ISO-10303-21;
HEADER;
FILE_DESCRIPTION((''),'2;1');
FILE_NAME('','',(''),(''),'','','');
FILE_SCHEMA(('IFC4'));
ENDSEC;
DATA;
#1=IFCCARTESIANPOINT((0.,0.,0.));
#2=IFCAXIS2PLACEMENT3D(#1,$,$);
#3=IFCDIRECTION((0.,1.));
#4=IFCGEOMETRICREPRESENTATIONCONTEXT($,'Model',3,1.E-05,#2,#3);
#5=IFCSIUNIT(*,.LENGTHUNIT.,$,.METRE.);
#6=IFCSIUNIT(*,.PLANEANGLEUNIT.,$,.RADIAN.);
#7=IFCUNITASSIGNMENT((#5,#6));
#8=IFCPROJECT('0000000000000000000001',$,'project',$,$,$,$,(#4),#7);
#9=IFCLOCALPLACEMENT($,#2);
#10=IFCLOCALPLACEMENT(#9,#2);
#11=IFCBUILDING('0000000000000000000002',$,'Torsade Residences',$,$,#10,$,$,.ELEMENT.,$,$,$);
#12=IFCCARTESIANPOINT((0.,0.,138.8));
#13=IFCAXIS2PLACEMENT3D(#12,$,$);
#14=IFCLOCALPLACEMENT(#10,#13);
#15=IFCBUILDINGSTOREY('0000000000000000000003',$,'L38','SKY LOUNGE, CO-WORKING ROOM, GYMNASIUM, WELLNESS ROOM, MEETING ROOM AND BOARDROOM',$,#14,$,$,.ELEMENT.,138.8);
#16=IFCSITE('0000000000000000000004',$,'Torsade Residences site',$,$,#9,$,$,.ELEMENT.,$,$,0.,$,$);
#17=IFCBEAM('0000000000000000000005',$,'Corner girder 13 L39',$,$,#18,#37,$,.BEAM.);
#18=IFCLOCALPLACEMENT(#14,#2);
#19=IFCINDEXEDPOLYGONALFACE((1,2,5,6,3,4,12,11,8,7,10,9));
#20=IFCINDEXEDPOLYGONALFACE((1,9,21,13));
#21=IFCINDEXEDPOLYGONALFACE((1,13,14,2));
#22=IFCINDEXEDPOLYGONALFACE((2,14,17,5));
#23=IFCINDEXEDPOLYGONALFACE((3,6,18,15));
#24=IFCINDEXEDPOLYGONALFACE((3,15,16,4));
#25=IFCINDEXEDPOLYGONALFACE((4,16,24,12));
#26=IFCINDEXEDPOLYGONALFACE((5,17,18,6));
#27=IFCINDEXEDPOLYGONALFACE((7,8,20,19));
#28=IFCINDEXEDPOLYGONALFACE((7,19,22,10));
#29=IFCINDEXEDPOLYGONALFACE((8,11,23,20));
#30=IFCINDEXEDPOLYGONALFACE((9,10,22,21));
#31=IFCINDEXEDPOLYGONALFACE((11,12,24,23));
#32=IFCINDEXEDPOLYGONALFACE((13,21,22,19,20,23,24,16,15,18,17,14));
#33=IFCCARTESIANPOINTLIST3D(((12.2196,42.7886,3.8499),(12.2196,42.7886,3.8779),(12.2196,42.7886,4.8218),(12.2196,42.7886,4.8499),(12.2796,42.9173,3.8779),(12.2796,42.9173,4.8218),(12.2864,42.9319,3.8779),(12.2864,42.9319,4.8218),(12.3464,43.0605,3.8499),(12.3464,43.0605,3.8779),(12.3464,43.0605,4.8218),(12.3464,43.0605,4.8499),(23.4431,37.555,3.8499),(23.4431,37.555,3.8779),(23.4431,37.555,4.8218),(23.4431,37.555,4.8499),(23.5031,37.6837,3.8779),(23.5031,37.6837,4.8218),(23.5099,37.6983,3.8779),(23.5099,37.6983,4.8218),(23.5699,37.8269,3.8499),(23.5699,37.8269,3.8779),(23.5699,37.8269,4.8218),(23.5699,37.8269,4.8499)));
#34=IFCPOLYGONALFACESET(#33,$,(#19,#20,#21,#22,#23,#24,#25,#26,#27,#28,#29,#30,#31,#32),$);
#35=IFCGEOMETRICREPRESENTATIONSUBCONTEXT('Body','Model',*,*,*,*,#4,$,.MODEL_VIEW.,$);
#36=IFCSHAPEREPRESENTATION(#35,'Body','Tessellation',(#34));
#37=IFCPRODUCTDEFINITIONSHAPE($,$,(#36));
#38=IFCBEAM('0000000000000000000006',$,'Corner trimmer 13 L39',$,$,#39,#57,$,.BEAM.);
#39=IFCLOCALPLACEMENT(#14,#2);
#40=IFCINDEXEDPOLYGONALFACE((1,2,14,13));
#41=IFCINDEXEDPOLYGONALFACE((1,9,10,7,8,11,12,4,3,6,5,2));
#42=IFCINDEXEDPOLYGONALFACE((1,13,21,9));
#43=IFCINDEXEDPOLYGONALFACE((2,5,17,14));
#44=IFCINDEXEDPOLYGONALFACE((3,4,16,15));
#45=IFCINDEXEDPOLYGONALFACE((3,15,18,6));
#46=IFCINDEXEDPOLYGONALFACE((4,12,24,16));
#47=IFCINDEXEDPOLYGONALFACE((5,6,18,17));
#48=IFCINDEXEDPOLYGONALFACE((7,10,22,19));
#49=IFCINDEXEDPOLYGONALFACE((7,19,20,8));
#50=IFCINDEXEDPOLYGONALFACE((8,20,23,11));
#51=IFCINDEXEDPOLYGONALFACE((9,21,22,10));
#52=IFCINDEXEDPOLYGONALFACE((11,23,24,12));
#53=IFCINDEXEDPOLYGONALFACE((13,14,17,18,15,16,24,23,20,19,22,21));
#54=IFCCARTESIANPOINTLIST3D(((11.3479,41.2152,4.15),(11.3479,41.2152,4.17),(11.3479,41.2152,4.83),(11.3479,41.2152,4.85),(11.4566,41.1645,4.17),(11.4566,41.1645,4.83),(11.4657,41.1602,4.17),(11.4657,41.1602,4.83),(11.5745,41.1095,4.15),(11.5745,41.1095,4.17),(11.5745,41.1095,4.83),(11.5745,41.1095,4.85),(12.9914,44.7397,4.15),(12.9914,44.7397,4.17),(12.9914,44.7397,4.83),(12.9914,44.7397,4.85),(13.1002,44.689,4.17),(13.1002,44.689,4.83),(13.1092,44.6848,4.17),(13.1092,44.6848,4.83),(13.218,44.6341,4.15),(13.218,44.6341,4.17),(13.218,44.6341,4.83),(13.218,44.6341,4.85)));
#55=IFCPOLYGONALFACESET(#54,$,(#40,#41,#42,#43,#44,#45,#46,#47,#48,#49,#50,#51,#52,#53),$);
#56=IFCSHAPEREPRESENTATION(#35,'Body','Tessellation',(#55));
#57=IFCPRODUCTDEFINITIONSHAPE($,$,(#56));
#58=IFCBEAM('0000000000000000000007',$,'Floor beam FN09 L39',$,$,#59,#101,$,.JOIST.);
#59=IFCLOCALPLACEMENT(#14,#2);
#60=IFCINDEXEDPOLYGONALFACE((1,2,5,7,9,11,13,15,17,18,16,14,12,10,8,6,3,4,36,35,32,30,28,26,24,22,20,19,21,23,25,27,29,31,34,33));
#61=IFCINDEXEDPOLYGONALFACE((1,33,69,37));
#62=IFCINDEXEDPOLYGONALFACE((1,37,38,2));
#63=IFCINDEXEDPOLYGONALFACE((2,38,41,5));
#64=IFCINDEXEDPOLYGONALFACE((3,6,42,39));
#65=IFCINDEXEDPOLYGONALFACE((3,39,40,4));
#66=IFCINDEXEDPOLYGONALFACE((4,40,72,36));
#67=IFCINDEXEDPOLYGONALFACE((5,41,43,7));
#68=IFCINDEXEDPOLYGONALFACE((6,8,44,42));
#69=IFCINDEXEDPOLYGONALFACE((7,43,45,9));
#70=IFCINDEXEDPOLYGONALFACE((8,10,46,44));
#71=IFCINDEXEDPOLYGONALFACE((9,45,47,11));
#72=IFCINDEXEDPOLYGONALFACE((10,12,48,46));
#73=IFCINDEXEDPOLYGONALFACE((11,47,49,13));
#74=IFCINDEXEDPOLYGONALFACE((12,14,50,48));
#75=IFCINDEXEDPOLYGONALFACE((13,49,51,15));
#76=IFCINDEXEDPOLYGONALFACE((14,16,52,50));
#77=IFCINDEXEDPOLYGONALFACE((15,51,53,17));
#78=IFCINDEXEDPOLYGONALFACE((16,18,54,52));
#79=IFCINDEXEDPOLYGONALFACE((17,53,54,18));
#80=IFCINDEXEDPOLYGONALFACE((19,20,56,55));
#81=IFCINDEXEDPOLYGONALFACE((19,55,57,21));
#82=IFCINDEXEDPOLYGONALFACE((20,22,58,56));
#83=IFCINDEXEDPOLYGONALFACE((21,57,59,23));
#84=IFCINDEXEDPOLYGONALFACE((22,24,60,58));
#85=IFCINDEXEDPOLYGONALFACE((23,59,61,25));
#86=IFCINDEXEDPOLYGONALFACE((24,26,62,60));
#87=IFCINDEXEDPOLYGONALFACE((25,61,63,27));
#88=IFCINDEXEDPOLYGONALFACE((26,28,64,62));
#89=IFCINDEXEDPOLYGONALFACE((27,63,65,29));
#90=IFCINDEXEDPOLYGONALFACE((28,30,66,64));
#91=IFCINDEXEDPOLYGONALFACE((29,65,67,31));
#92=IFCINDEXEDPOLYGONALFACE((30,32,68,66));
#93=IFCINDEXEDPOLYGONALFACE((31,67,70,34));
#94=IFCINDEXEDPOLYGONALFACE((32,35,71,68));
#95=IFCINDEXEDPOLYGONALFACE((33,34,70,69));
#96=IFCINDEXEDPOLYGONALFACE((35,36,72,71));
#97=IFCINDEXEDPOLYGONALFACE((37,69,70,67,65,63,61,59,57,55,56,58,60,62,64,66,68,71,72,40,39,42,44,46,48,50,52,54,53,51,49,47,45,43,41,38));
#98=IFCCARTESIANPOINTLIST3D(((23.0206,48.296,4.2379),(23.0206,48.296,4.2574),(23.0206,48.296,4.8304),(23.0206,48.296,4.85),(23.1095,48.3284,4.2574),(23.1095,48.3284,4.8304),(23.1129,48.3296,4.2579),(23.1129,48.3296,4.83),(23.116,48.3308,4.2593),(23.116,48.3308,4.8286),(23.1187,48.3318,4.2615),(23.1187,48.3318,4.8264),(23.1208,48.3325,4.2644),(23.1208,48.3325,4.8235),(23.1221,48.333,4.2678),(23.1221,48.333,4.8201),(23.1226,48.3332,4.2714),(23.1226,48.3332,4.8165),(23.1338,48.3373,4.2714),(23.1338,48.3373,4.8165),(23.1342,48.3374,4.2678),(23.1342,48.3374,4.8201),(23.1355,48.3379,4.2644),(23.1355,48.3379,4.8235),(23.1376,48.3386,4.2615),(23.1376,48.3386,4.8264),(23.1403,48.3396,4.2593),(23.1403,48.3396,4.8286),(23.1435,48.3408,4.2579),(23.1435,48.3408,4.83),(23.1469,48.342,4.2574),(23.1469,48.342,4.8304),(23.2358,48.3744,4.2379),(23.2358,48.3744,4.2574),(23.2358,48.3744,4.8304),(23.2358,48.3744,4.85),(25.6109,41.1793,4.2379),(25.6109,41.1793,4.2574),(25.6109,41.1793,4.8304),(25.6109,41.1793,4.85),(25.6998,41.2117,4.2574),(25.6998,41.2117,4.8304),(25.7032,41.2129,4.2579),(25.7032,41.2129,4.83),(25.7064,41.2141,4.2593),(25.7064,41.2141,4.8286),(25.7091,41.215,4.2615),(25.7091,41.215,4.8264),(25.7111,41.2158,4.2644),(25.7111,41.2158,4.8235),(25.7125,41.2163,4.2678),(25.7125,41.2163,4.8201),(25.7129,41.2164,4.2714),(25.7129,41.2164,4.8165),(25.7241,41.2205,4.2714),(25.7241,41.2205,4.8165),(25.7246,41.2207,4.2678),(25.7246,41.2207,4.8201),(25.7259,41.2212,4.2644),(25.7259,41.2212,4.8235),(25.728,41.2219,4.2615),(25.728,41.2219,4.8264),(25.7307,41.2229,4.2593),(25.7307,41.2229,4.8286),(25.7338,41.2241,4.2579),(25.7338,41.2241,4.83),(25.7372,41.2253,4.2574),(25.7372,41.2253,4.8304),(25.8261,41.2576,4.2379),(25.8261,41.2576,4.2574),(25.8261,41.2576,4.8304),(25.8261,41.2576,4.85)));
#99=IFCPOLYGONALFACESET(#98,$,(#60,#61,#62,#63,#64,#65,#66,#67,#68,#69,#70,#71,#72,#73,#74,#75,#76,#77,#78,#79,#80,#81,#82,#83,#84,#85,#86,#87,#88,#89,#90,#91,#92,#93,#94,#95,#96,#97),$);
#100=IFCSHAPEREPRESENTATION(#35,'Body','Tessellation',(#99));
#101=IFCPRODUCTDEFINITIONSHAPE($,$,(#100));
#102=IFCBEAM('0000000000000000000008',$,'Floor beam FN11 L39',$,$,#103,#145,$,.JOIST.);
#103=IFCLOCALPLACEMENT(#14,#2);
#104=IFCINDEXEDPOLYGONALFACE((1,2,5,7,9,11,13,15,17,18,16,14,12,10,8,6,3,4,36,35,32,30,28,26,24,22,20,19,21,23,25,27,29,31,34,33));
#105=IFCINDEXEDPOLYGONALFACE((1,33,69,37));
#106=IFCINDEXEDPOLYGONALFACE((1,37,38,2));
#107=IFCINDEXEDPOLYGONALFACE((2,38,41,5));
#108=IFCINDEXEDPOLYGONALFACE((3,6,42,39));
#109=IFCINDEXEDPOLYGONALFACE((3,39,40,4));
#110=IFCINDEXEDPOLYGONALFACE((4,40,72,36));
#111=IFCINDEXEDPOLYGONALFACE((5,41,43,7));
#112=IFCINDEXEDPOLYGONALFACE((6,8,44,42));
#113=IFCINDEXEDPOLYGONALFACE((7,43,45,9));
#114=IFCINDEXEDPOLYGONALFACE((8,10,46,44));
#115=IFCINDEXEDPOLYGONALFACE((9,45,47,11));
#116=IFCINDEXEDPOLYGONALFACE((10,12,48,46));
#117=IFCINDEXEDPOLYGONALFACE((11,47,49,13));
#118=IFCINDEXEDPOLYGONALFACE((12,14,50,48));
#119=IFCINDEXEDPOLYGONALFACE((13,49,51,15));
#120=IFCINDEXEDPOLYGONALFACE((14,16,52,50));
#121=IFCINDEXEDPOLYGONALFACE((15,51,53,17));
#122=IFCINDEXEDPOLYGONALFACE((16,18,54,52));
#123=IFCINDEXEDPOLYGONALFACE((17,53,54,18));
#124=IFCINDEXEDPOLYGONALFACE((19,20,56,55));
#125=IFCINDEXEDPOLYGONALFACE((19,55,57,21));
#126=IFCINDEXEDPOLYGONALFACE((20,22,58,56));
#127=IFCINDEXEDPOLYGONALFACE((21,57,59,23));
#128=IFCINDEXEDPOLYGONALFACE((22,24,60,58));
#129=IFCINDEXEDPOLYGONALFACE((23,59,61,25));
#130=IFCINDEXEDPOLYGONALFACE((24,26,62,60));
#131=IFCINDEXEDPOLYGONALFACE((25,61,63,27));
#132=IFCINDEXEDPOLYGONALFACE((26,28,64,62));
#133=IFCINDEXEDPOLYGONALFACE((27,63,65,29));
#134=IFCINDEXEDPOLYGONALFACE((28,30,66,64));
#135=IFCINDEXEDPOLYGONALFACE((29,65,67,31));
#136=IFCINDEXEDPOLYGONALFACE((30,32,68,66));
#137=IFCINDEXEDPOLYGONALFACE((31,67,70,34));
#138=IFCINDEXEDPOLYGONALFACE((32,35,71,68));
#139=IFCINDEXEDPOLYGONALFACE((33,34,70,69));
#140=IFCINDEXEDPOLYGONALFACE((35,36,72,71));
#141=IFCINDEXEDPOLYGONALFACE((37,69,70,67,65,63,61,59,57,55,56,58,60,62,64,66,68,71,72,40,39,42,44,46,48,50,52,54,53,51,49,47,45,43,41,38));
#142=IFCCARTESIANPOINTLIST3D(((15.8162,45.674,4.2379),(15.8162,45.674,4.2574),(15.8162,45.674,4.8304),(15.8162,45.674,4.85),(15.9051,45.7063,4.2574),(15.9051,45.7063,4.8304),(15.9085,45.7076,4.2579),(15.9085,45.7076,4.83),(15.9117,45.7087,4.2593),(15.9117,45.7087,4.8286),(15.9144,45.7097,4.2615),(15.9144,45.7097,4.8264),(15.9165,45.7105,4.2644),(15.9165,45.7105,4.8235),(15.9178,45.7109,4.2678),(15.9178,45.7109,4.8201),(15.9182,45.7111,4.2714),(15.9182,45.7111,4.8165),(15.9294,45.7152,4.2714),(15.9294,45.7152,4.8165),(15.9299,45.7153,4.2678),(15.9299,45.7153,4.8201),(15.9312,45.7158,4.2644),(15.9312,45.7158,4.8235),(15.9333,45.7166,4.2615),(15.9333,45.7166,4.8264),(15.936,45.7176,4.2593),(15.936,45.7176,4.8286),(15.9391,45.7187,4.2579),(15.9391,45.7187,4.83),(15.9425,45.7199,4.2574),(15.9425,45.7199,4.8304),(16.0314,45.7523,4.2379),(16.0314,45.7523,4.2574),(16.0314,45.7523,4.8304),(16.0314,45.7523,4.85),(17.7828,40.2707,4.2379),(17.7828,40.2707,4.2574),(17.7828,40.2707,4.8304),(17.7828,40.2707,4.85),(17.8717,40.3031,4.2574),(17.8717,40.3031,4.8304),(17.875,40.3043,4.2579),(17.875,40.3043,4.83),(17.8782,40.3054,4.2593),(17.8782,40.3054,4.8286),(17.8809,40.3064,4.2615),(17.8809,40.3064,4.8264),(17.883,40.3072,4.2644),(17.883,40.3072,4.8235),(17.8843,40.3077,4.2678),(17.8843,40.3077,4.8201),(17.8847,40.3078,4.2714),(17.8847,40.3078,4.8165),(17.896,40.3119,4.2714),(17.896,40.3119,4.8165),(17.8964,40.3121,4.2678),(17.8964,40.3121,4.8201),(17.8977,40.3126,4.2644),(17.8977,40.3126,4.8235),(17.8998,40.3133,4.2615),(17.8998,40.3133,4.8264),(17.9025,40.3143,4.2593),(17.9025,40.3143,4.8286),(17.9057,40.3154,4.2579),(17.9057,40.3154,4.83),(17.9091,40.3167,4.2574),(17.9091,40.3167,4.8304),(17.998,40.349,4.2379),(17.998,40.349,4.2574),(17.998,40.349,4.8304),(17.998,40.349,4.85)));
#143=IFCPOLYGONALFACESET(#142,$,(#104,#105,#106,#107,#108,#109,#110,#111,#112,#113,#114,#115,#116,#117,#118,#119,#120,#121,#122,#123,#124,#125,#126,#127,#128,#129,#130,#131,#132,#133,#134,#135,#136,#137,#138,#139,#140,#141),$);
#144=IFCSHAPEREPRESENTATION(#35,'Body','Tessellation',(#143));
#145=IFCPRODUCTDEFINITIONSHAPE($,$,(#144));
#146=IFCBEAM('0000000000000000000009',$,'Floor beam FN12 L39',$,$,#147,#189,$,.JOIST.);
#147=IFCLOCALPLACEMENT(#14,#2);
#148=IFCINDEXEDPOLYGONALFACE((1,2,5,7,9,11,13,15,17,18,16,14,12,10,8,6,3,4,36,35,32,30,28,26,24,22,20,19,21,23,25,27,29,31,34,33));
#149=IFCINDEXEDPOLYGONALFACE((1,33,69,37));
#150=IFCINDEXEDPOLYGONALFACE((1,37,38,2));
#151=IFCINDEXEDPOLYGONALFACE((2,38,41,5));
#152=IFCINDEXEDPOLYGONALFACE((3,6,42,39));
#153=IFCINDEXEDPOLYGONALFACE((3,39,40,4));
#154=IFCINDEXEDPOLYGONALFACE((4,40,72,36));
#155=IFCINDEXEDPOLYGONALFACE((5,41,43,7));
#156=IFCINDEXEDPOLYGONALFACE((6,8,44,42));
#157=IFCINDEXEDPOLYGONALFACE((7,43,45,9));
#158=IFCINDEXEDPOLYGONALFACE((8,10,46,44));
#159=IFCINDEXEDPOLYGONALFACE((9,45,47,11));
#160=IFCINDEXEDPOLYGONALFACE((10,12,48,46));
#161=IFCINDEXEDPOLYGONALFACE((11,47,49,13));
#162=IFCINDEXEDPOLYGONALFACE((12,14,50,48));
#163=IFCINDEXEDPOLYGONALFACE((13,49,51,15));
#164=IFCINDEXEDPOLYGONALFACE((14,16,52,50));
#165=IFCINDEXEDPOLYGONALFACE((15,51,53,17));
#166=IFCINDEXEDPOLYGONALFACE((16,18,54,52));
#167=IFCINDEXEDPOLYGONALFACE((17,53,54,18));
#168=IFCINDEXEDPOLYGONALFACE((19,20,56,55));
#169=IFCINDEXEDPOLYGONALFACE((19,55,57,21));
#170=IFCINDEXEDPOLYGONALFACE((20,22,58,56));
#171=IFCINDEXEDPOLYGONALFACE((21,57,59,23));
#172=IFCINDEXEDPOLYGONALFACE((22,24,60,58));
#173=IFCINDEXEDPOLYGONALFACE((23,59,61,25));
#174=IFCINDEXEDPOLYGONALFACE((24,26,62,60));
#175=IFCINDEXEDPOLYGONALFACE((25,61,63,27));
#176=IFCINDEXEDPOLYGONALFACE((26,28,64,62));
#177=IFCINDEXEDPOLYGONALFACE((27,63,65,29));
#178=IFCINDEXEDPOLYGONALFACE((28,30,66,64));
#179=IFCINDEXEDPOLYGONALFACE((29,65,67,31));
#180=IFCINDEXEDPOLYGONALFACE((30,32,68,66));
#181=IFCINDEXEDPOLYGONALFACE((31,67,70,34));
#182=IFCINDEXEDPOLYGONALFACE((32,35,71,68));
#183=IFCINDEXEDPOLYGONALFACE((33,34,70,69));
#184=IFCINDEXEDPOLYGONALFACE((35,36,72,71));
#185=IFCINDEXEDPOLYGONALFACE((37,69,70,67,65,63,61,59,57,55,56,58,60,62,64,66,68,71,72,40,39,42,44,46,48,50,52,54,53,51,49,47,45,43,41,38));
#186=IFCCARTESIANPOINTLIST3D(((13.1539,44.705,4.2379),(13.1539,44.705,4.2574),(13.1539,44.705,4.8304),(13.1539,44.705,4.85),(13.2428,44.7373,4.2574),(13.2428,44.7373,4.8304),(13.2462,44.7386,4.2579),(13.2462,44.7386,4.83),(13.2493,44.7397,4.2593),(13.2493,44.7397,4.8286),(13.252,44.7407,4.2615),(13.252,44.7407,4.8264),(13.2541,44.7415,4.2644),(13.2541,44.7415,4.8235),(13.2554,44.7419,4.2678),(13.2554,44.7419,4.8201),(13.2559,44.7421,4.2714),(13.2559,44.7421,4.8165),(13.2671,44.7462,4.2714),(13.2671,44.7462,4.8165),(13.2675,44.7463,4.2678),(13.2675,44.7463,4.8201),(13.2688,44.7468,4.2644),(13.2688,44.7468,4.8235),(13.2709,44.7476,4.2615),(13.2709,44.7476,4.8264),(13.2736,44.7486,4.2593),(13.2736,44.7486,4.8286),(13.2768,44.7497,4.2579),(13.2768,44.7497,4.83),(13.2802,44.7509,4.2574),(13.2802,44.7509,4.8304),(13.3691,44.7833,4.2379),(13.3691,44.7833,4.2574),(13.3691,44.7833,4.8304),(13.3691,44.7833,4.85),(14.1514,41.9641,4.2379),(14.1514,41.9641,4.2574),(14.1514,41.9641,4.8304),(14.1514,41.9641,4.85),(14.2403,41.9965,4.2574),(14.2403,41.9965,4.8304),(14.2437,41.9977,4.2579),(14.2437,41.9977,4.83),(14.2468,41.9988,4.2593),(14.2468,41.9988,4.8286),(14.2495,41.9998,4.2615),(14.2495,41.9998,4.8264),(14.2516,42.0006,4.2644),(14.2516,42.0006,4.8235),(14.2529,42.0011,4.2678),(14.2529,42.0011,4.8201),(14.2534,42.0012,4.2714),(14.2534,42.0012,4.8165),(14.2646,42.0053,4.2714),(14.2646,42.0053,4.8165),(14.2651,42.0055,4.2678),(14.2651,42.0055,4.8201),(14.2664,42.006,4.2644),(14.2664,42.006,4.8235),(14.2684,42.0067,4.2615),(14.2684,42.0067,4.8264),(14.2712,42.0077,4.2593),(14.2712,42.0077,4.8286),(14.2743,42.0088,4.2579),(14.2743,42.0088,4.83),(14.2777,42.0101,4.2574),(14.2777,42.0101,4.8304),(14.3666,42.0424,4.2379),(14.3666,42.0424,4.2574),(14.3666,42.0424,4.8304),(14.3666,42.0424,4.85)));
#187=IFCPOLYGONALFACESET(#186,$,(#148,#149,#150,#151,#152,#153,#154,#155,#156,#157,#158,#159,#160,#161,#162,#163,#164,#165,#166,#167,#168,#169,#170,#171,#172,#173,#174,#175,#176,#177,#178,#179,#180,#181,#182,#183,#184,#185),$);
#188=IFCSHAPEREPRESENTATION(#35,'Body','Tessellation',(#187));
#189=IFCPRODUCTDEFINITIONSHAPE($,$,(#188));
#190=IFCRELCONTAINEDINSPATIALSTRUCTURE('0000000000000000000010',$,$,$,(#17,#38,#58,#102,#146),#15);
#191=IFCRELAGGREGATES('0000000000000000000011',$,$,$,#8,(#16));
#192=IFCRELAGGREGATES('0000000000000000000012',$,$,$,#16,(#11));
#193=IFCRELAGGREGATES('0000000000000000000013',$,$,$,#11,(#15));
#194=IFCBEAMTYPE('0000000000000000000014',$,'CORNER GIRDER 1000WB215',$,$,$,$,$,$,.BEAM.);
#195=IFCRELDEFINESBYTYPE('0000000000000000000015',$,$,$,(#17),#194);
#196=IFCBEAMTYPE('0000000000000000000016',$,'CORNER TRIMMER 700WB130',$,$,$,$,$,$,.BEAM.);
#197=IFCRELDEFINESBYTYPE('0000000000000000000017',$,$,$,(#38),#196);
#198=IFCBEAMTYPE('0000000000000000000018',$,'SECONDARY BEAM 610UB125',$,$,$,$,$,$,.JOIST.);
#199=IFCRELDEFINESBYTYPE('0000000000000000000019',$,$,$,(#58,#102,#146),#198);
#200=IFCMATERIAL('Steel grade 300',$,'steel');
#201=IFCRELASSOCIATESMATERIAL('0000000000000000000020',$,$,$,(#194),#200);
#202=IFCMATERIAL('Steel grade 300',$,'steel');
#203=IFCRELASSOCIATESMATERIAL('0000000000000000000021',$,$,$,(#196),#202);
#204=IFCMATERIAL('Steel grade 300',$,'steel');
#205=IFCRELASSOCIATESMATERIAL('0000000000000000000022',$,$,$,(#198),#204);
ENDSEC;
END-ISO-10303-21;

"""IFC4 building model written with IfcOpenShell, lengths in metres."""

from ifc_helpers import new_model, si_unit, direction, frame, origin, origin_2d, place, context, subcontext, project, spatial, i_section, extrude, material, material_profile, profile_set, type_object, element, save


model = new_model("IFC4")

# Units and contexts
model_context = context("Model", 3, precision=1e-05, world=origin(), true_north=direction((0.0, 1.0)))
body_context = subcontext(model_context, "Body", "Model", "MODEL_VIEW")
ifc_project = project(units=[si_unit("LENGTHUNIT", "METRE"), si_unit("PLANEANGLEUNIT", "RADIAN")], contexts=[model_context])

# Site, building, storey
site_placement = place(None, origin())
site = spatial("IfcSite", under=ifc_project, at=site_placement, Name="Torsade Residences site", CompositionType="ELEMENT", RefElevation=0.0)
building_placement = place(site_placement, origin())
building = spatial("IfcBuilding", under=site, at=building_placement, Name="Torsade Residences", CompositionType="ELEMENT")
storey_placement = place(building_placement, frame((0.0, 0.0, 138.8)))
storey = spatial("IfcBuildingStorey", under=building, at=storey_placement, Name="L38", Description="SKY LOUNGE, CO-WORKING ROOM, GYMNASIUM, WELLNESS ROOM, MEETING ROOM AND BOARDROOM", CompositionType="ELEMENT", Elevation=138.8)

# Beams
ifc_material_1 = material(Name="Steel grade 300", Category="steel")
ifc_material_profile_1 = material_profile(ifc_material_1, i_section(OverallWidth=0.3, OverallDepth=1.0, WebThickness=0.0161, FlangeThickness=0.0281, at=origin_2d()), Name="1000WB215")
ifc_profile_set_1 = profile_set([ifc_material_profile_1], Name="Steel grade 300")
beam_type_1 = type_object("IfcBeamType", Name="CORNER GIRDER 1000WB215", PredefinedType="BEAM", material=ifc_profile_set_1)
beam_1_placement = place(storey_placement, frame((12.283, 42.9246, 4.3499), z_axis=(0.906309, -0.422617, 0.0), x_axis=(0.422617, 0.906309, 0.0)))
element("IfcBeam", 1, at=beam_1_placement, inside=storey, type_object=beam_type_1, Name="Corner girder 13 L39", PredefinedType="BEAM", context=body_context, shape_type="SweptSolid", body=[
    extrude(i_section(OverallWidth=0.3, OverallDepth=1.0, WebThickness=0.0161, FlangeThickness=0.0281, at=origin_2d()), origin(), (0.0, 0.0, 1.0), 12.3838),
])
ifc_material_2 = material(Name="Steel grade 300", Category="steel")
ifc_material_profile_2 = material_profile(ifc_material_2, i_section(OverallWidth=0.25, OverallDepth=0.7, WebThickness=0.01, FlangeThickness=0.02, at=origin_2d()), Name="700WB130")
ifc_profile_set_2 = profile_set([ifc_material_profile_2], Name="Steel grade 300")
beam_type_2 = type_object("IfcBeamType", Name="CORNER TRIMMER 700WB130", PredefinedType="BEAM", material=ifc_profile_set_2)
beam_2_placement = place(storey_placement, frame((11.4612, 41.1624, 4.5), z_axis=(0.422614, 0.90631, 0.0), x_axis=(-0.90631, 0.422614, 0.0)))
element("IfcBeam", 2, at=beam_2_placement, inside=storey, type_object=beam_type_2, Name="Corner trimmer 13 L39", PredefinedType="BEAM", context=body_context, shape_type="SweptSolid", body=[
    extrude(i_section(OverallWidth=0.25, OverallDepth=0.7, WebThickness=0.01, FlangeThickness=0.02, at=origin_2d()), origin(), (0.0, 0.0, 1.0), 3.8889),
])
ifc_material_3 = material(Name="Steel grade 300", Category="steel")
ifc_material_profile_3 = material_profile(ifc_material_3, i_section(OverallWidth=0.229, OverallDepth=0.6121, WebThickness=0.012, FlangeThickness=0.0195, FilletRadius=0.0139, at=origin_2d()), Name="610UB125")
ifc_profile_set_3 = profile_set([ifc_material_profile_3], Name="Steel grade 300")
beam_type_3 = type_object("IfcBeamType", Name="SECONDARY BEAM 610UB125", PredefinedType="JOIST", material=ifc_profile_set_3)
beam_3_placement = place(storey_placement, frame((23.1282, 48.3352, 4.5439), z_axis=(0.342028, -0.93969, 0.0), x_axis=(0.93969, 0.342028, 0.0)))
element("IfcBeam", 3, at=beam_3_placement, inside=storey, type_object=beam_type_3, Name="Floor beam FN09 L39", PredefinedType="JOIST", context=body_context, shape_type="SweptSolid", body=[
    extrude(i_section(OverallWidth=0.229, OverallDepth=0.6121, WebThickness=0.012, FlangeThickness=0.0195, FilletRadius=0.0139, at=origin_2d()), origin(), (0.0, 0.0, 1.0), 7.5735),
])
beam_4_placement = place(storey_placement, frame((15.9238, 45.7131, 4.5439), z_axis=(0.342006, -0.939698, 0.0), x_axis=(0.939698, 0.342006, 0.0)))
element("IfcBeam", 4, at=beam_4_placement, inside=storey, type_object=beam_type_3, Name="Floor beam FN11 L39", PredefinedType="JOIST", context=body_context, shape_type="SweptSolid", body=[
    extrude(i_section(OverallWidth=0.229, OverallDepth=0.6121, WebThickness=0.012, FlangeThickness=0.0195, FilletRadius=0.0139, at=origin_2d()), origin(), (0.0, 0.0, 1.0), 5.75),
])
for number, where, z_axis, x_axis, name in (
    (5, (13.2615, 44.7441, 4.5439), (0.341998, -0.939701, 0.0), (0.939701, 0.341998, 0.0), "Floor beam FN12 L39"),
):
    element("IfcBeam", number, at=place(storey_placement, frame(where, z_axis=z_axis, x_axis=x_axis)), inside=storey, type_object=beam_type_3, Name=name, PredefinedType="JOIST", context=body_context, shape_type="SweptSolid", body=[
        extrude(i_section(OverallWidth=0.229, OverallDepth=0.6121, WebThickness=0.012, FlangeThickness=0.0195, FilletRadius=0.0139, at=origin_2d()), origin(), (0.0, 0.0, 1.0), 2.9167),
    ])

save(model, "model.ifc")
